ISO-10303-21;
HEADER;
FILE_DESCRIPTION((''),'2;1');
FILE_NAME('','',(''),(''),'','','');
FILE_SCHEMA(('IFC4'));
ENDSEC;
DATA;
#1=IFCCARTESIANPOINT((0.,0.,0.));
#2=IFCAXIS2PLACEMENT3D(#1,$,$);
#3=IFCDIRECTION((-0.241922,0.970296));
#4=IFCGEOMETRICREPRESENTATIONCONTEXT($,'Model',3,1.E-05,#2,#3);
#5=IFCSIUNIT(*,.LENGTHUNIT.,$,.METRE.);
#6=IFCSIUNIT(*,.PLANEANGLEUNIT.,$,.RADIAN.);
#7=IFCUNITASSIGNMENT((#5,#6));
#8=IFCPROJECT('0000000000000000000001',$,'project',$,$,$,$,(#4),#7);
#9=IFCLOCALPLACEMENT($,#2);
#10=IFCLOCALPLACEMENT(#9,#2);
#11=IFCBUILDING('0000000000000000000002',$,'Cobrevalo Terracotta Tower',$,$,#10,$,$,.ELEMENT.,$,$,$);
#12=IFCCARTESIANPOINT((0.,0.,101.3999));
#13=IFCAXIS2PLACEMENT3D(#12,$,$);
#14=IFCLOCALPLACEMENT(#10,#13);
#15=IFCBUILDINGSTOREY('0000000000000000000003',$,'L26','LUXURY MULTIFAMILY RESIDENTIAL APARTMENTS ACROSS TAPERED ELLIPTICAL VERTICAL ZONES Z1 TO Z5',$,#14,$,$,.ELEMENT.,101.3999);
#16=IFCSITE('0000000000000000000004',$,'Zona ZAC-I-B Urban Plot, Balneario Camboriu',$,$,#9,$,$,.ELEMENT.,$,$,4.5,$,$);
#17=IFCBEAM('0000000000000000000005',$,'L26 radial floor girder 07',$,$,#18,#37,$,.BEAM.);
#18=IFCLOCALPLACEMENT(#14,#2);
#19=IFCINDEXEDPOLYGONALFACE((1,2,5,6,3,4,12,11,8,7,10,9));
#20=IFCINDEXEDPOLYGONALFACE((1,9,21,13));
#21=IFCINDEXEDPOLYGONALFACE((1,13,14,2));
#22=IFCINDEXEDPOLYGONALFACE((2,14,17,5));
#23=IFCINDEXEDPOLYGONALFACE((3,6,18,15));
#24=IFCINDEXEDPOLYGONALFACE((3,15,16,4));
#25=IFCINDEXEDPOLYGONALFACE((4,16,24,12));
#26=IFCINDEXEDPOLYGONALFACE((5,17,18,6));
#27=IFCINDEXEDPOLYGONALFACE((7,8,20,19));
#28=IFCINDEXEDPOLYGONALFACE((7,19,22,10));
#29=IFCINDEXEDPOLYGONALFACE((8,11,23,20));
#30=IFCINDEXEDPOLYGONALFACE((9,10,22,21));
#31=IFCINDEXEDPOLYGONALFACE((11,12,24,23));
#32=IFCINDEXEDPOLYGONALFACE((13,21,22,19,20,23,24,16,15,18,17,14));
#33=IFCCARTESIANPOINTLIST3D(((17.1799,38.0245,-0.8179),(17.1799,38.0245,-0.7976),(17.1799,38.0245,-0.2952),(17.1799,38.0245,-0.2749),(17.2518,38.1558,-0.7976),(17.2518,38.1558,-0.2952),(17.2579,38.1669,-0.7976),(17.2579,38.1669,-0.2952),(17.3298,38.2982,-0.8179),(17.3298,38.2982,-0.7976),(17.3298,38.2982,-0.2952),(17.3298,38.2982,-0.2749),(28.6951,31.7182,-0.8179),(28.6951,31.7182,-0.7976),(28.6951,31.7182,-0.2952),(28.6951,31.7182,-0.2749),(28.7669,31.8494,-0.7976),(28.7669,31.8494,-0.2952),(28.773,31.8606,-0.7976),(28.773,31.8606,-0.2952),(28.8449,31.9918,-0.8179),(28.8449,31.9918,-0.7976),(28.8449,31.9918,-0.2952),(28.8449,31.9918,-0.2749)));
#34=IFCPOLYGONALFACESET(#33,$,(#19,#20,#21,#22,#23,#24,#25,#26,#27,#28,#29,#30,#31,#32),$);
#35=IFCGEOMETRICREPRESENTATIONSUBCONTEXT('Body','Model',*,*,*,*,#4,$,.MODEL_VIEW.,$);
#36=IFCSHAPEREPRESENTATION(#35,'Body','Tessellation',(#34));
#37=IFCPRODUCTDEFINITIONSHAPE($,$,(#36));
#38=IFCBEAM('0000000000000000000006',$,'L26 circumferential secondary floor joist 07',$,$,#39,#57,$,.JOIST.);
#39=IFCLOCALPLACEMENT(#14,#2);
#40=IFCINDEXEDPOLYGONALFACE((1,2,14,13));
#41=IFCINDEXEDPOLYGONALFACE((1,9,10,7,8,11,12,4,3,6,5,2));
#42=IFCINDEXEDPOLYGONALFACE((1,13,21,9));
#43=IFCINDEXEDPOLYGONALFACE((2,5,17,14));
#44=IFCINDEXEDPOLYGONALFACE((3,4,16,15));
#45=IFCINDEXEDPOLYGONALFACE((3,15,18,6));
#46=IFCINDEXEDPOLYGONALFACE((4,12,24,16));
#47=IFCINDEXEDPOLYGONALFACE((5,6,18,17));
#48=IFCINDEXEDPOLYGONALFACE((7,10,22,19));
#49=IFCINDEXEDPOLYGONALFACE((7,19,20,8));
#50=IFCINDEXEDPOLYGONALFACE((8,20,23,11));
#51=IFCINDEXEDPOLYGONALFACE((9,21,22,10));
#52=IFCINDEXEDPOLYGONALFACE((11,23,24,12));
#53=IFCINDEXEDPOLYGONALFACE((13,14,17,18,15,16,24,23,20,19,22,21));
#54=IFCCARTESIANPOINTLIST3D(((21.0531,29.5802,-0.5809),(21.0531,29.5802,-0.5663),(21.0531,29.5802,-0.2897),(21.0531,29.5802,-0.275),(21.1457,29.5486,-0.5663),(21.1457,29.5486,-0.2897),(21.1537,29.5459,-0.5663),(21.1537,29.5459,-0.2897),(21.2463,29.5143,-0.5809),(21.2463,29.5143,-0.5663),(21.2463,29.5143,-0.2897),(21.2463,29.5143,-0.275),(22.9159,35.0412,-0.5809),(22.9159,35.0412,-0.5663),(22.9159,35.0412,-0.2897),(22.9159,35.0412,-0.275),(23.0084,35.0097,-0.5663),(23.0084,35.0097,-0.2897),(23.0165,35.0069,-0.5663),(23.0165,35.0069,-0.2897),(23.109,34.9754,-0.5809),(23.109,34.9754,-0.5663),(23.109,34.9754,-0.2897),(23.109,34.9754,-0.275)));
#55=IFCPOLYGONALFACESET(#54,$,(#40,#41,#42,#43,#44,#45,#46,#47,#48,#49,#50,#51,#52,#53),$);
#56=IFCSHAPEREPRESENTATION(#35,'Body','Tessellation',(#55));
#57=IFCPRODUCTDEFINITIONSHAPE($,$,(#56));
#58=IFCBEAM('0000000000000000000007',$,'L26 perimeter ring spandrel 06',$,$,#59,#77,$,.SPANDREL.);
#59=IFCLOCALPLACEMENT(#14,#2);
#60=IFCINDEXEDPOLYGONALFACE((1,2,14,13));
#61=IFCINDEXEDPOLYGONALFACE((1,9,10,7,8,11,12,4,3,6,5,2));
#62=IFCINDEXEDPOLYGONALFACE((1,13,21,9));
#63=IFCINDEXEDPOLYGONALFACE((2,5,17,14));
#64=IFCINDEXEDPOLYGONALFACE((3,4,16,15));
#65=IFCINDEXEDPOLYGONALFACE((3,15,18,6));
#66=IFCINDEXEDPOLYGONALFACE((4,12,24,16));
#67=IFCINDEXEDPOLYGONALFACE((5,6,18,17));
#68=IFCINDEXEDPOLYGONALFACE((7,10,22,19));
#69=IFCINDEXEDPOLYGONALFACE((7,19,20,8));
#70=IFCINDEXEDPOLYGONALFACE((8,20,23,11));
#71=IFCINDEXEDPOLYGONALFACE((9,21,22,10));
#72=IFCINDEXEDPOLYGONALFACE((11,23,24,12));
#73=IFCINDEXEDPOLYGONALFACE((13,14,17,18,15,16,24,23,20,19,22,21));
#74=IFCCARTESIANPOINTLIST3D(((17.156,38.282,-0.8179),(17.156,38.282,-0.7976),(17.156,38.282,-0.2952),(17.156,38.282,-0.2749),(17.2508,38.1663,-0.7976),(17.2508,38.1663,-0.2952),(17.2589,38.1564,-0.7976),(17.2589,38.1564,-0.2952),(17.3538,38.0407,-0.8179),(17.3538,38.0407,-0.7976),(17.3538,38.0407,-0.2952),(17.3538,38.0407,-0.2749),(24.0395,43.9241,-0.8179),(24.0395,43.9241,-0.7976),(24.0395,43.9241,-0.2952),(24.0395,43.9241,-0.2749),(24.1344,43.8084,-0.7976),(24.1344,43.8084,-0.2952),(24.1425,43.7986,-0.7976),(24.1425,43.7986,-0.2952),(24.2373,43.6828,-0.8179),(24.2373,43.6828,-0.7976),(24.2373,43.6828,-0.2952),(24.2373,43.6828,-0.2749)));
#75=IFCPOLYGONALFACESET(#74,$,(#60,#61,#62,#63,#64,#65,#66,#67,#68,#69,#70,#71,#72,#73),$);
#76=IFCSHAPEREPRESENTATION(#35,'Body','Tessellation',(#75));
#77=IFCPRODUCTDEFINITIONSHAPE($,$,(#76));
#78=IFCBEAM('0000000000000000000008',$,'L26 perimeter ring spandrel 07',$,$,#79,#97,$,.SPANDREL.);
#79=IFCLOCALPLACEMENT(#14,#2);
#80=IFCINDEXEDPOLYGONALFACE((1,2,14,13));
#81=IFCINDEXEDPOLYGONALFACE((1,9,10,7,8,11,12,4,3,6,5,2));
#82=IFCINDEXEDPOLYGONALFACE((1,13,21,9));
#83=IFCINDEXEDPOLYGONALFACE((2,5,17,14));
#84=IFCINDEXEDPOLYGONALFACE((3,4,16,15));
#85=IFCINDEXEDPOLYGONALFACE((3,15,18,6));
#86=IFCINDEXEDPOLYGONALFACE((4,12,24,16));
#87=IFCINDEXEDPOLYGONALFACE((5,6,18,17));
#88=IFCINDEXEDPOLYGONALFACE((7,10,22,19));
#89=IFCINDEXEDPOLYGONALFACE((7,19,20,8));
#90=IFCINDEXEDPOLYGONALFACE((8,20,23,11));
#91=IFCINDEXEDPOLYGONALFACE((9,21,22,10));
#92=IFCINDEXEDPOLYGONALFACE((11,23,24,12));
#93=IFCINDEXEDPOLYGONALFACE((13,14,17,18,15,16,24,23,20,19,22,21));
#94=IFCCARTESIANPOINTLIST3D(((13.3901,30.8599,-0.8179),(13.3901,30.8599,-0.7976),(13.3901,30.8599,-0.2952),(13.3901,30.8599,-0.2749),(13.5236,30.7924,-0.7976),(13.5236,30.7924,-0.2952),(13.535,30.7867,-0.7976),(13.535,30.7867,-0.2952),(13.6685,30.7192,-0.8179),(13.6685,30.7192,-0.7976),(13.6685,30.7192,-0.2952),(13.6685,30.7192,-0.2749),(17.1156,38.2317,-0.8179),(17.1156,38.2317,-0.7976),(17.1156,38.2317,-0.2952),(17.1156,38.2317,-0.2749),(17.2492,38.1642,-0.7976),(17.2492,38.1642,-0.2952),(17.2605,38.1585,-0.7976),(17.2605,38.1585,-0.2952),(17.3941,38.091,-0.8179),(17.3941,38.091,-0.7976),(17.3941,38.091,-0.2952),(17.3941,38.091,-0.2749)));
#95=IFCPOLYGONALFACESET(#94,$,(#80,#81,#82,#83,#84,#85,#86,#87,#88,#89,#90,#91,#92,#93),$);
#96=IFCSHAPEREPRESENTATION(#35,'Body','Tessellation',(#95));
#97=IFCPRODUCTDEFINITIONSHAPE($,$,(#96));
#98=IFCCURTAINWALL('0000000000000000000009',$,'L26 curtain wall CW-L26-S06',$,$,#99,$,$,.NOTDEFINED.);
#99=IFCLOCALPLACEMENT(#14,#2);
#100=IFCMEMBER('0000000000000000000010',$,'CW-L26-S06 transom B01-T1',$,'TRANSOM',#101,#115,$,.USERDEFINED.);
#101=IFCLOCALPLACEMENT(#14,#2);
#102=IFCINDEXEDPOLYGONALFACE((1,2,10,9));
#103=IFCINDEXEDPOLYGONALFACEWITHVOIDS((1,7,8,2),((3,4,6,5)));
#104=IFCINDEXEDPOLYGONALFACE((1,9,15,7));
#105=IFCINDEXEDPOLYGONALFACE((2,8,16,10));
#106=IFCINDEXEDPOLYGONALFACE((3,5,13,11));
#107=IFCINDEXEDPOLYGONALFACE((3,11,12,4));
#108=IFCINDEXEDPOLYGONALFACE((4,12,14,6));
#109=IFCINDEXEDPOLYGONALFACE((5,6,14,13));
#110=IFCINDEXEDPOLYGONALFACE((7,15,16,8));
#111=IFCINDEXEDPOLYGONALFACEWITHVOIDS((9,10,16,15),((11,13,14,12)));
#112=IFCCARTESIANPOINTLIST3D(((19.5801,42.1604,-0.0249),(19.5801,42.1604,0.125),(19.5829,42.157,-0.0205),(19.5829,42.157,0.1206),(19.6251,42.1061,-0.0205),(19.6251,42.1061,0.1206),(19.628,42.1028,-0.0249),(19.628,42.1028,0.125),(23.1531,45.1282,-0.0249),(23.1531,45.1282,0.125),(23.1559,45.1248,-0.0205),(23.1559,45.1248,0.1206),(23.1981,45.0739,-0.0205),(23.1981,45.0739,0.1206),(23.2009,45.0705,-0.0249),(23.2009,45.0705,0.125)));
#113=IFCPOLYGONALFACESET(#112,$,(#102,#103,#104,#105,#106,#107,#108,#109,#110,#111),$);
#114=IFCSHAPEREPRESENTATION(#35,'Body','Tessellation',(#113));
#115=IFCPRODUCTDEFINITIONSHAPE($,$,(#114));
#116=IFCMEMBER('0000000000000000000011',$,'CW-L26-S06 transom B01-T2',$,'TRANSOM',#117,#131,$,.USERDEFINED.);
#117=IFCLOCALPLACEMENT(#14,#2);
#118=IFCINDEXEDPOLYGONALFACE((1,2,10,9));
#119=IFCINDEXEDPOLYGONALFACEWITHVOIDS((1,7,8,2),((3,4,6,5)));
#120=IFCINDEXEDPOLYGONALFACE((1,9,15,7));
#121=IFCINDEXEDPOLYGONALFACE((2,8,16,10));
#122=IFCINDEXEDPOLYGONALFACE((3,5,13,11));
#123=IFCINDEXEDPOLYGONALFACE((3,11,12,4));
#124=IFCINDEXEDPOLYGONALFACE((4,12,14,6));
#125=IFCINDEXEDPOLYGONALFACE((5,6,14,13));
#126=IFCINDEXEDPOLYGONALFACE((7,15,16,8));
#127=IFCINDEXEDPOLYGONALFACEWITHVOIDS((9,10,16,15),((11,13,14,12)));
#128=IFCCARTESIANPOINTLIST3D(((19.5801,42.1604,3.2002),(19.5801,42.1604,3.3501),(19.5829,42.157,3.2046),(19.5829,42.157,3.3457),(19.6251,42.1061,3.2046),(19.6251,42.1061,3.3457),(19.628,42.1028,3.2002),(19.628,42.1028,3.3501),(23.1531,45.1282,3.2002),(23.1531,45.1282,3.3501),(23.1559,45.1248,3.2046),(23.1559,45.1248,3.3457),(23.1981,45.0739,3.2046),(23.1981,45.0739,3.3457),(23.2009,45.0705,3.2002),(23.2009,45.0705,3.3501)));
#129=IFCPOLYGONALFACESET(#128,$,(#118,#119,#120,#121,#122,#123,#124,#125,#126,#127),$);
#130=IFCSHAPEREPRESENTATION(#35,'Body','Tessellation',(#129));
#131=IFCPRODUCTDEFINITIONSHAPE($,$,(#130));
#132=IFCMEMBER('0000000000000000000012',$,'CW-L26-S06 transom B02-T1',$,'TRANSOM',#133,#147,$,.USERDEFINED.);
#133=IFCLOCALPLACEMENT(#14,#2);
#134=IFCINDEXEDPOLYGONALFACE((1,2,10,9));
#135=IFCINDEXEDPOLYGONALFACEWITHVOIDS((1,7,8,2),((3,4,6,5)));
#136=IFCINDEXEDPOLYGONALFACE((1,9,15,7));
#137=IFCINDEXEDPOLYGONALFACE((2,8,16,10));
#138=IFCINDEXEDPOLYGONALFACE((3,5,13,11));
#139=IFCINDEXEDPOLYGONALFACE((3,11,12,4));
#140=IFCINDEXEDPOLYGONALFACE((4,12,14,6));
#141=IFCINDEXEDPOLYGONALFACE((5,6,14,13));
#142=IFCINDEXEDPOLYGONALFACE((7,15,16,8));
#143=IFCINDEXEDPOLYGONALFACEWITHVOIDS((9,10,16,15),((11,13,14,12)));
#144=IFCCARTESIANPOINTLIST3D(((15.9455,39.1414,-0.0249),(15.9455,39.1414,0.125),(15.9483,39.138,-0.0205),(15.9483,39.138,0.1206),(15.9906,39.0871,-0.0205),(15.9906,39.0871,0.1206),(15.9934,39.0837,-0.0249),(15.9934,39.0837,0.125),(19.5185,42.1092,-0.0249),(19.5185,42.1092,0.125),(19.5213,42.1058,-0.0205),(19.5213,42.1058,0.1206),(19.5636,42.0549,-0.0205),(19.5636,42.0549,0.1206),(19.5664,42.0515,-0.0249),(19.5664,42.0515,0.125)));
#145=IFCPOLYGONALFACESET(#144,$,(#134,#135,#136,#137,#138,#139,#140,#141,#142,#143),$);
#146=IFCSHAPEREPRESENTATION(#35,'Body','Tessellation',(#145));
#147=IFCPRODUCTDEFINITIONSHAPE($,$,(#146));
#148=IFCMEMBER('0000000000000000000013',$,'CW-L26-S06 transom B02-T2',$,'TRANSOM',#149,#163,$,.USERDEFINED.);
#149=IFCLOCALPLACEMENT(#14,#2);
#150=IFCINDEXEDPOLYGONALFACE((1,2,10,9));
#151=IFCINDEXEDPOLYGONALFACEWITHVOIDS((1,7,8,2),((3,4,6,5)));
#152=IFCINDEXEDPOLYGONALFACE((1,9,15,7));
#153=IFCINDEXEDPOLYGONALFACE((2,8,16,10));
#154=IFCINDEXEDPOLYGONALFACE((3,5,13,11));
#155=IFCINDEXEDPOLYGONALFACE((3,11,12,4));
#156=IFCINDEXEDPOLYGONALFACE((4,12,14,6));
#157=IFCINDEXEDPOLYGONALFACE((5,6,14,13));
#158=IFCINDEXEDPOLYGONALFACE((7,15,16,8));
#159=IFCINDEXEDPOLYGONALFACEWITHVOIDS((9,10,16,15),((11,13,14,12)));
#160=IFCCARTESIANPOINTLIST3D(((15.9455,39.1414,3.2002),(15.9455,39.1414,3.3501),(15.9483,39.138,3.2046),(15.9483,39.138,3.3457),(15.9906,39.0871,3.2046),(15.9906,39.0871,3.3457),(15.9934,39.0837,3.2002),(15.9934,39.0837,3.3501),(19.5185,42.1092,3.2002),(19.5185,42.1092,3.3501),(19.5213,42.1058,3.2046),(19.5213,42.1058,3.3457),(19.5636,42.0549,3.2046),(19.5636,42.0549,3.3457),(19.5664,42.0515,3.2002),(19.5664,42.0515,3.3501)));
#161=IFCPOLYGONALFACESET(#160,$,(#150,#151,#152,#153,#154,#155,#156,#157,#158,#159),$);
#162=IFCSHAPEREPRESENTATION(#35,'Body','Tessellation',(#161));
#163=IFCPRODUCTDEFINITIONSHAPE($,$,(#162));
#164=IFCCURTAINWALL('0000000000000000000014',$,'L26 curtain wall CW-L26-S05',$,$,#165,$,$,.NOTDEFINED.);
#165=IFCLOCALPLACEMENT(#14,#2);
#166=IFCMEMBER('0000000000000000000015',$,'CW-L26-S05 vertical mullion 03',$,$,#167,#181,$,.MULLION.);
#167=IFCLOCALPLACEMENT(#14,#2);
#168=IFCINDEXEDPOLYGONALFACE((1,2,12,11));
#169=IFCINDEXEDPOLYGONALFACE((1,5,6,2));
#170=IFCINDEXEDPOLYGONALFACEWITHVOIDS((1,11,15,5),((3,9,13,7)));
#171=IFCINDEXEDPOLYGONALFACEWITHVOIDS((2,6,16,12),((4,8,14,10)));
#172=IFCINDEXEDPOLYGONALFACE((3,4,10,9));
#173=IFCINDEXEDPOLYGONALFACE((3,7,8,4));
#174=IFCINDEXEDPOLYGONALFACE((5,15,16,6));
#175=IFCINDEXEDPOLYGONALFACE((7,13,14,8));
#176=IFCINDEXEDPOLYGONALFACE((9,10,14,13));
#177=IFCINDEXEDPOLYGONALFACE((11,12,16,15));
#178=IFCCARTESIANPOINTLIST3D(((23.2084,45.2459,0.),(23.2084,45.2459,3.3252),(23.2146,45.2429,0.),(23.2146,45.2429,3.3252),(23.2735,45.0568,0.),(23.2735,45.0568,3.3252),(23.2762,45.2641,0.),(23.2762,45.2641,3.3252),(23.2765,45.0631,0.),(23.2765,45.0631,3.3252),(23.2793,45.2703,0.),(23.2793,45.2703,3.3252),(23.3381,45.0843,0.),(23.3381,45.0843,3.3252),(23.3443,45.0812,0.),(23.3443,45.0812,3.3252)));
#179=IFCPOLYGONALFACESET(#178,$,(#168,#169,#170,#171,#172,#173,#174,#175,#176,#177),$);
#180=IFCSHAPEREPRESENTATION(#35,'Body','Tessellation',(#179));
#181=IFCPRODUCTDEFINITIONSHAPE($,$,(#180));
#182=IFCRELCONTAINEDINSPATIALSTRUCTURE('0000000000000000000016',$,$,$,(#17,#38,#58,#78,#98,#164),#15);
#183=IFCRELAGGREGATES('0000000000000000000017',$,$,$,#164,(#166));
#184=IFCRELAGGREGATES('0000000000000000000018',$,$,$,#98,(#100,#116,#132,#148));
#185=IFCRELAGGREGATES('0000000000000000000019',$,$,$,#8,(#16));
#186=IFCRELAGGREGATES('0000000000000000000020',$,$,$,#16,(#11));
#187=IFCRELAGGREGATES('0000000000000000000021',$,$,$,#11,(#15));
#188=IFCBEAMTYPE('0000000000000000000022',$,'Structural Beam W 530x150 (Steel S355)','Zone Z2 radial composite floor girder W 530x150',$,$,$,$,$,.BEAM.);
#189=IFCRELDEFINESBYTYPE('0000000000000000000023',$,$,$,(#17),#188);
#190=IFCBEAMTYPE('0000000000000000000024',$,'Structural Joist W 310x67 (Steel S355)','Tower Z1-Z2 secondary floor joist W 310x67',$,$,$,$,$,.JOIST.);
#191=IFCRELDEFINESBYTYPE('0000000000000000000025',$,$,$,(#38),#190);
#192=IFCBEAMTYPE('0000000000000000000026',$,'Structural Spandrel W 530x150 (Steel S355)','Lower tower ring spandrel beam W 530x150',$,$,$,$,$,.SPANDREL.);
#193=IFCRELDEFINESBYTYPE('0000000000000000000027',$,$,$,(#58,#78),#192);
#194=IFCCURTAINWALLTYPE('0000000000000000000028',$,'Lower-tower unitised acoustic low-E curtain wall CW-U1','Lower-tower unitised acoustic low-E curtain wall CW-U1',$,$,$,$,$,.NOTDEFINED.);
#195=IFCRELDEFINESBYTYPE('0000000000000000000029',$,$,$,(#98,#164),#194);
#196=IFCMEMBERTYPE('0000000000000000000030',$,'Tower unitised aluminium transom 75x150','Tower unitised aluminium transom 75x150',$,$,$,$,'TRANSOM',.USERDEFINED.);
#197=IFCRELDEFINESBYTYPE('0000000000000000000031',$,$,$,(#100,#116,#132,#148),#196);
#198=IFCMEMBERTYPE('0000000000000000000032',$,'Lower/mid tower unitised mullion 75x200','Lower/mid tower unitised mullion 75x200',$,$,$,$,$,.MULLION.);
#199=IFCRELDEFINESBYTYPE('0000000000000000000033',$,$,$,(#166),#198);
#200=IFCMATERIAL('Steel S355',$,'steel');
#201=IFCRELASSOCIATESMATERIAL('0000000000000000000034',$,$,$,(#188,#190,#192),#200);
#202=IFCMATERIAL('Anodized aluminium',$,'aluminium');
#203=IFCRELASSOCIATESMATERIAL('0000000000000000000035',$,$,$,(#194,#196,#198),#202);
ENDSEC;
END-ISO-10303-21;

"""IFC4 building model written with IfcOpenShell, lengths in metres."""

from ifc_helpers import new_model, si_unit, direction, frame, origin, origin_2d, place, context, subcontext, project, spatial, hollow_rectangle, i_section, extrude, source, transform, mapped, material, material_profile, profile_set, type_object, element, aggregate, save


model = new_model("IFC4")

# Units and contexts
model_context = context("Model", 3, precision=1e-05, world=origin(), true_north=direction((-0.241922, 0.970296)))
body_context = subcontext(model_context, "Body", "Model", "MODEL_VIEW")
ifc_project = project(units=[si_unit("LENGTHUNIT", "METRE"), si_unit("PLANEANGLEUNIT", "RADIAN")], contexts=[model_context])

# Site, building, storey
site_placement = place(None, origin())
site = spatial("IfcSite", under=ifc_project, at=site_placement, Name="Zona ZAC-I-B Urban Plot, Balneario Camboriu", CompositionType="ELEMENT", RefElevation=4.5)
building_placement = place(site_placement, origin())
building = spatial("IfcBuilding", under=site, at=building_placement, Name="Cobrevalo Terracotta Tower", CompositionType="ELEMENT")
storey_placement = place(building_placement, frame((0.0, 0.0, 101.3999)))
storey = spatial("IfcBuildingStorey", under=building, at=storey_placement, Name="L26", Description="LUXURY MULTIFAMILY RESIDENTIAL APARTMENTS ACROSS TAPERED ELLIPTICAL VERTICAL ZONES Z1 TO Z5", CompositionType="ELEMENT", Elevation=101.3999)

# Shared definitions
ifc_material_1 = material(Name="Steel S355", Category="steel")

# Beams
ifc_material_profile_1 = material_profile(ifc_material_1, i_section(OverallWidth=0.312, OverallDepth=0.543, WebThickness=0.0127, FlangeThickness=0.0203, at=origin_2d()), Name="W 530x150")
ifc_profile_set_1 = profile_set([ifc_material_profile_1], Name="Steel S355")
beam_type_1 = type_object("IfcBeamType", Name="Structural Beam W 530x150 (Steel S355)", Description="Zone Z2 radial composite floor girder W 530x150", PredefinedType="BEAM", material=ifc_profile_set_1)
beam_1_placement = place(storey_placement, frame((17.2549, 38.1614, -0.5464), z_axis=(0.877081, -0.480343, 0.0), x_axis=(0.480343, 0.877081, 0.0)))
element("IfcBeam", 1, at=beam_1_placement, inside=storey, type_object=beam_type_1, Name="L26 radial floor girder 07", PredefinedType="BEAM", context=body_context, shape_type="SweptSolid", body=[
    extrude(i_section(OverallWidth=0.312, OverallDepth=0.543, WebThickness=0.0127, FlangeThickness=0.0203, at=origin_2d()), origin(), (0.0, 0.0, 1.0), 13.1289),
])
ifc_material_profile_2 = material_profile(ifc_material_1, i_section(OverallWidth=0.2041, OverallDepth=0.3059, WebThickness=0.0085, FlangeThickness=0.0146, at=origin_2d()), Name="W 310x67")
ifc_profile_set_2 = profile_set([ifc_material_profile_2], Name="Steel S355")
beam_type_2 = type_object("IfcBeamType", Name="Structural Joist W 310x67 (Steel S355)", Description="Tower Z1-Z2 secondary floor joist W 310x67", PredefinedType="JOIST", material=ifc_profile_set_2)
beam_2_placement = place(storey_placement, frame((23.0125, 35.0083, -0.428), z_axis=(-0.322833, -0.946456, 0.0), x_axis=(0.946456, -0.322833, 0.0)))
element("IfcBeam", 2, at=beam_2_placement, inside=storey, type_object=beam_type_2, Name="L26 circumferential secondary floor joist 07", PredefinedType="JOIST", context=body_context, shape_type="SweptSolid", body=[
    extrude(i_section(OverallWidth=0.2041, OverallDepth=0.3059, WebThickness=0.0085, FlangeThickness=0.0146, at=origin_2d()), origin(), (0.0, 0.0, 1.0), 5.77),
])
ifc_material_profile_3 = material_profile(ifc_material_1, i_section(OverallWidth=0.312, OverallDepth=0.543, WebThickness=0.0127, FlangeThickness=0.0203, at=origin_2d()), Name="W 530x150")
ifc_profile_set_3 = profile_set([ifc_material_profile_3], Name="Steel S355")
beam_type_3 = type_object("IfcBeamType", Name="Structural Spandrel W 530x150 (Steel S355)", Description="Lower tower ring spandrel beam W 530x150", PredefinedType="SPANDREL", material=ifc_profile_set_3)
beam_3_placement = place(storey_placement, frame((24.1384, 43.8035, -0.5464), z_axis=(-0.773401, -0.633917, 0.0), x_axis=(0.633917, -0.773401, 0.0)))
element("IfcBeam", 3, at=beam_3_placement, inside=storey, type_object=beam_type_3, Name="L26 perimeter ring spandrel 06", PredefinedType="SPANDREL", context=body_context, shape_type="SweptSolid", body=[
    extrude(i_section(OverallWidth=0.312, OverallDepth=0.543, WebThickness=0.0127, FlangeThickness=0.0203, at=origin_2d()), origin(), (0.0, 0.0, 1.0), 8.9004),
])
beam_4_placement = place(storey_placement, frame((17.2549, 38.1614, -0.5464), z_axis=(-0.451052, -0.892498, 0.0), x_axis=(0.892498, -0.451052, 0.0)))
element("IfcBeam", 4, at=beam_4_placement, inside=storey, type_object=beam_type_3, Name="L26 perimeter ring spandrel 07", PredefinedType="SPANDREL", context=body_context, shape_type="SweptSolid", body=[
    extrude(i_section(OverallWidth=0.312, OverallDepth=0.543, WebThickness=0.0127, FlangeThickness=0.0203, at=origin_2d()), origin(), (0.0, 0.0, 1.0), 8.2598),
])

# Curtain wall, members
ifc_material_2 = material(Name="Anodized aluminium", Category="aluminium")
curtain_wall_type = type_object("IfcCurtainWallType", Name="Lower-tower unitised acoustic low-E curtain wall CW-U1", Description="Lower-tower unitised acoustic low-E curtain wall CW-U1", PredefinedType="NOTDEFINED", material=ifc_material_2)
curtain_wall_1_placement = place(storey_placement, origin())
curtain_wall_1 = element("IfcCurtainWall", 5, at=curtain_wall_1_placement, inside=storey, type_object=curtain_wall_type, Name="L26 curtain wall CW-L26-S06", PredefinedType="NOTDEFINED")
ifc_material_profile_4 = material_profile(ifc_material_2, hollow_rectangle(XDim=0.075, YDim=0.1499, WallThickness=0.0044, at=origin_2d()), Name="CWT 75x150")
ifc_profile_set_4 = profile_set([ifc_material_profile_4], Name="Anodized aluminium")
member_type_1 = type_object("IfcMemberType", Name="Tower unitised aluminium transom 75x150", Description="Tower unitised aluminium transom 75x150", ElementType="TRANSOM", PredefinedType="USERDEFINED", material=ifc_profile_set_4)
shared_shape_1 = source(origin(), body_context, "Body", "SweptSolid", [
    extrude(hollow_rectangle(XDim=0.075, YDim=0.1499, WallThickness=0.0044, at=origin_2d()), origin(), (0.0, 0.0, 1.0), 4.6448),
])
member_1_placement = place(storey_placement, frame((23.177, 45.0994, 0.05), z_axis=(-0.76925, -0.638948, 0.0), x_axis=(0.638948, -0.76925, 0.0)))
member_1 = element("IfcMember", 6, at=member_1_placement, type_object=member_type_1, Name="CW-L26-S06 transom B01-T1", ObjectType="TRANSOM", PredefinedType="USERDEFINED", context=body_context, shape_type="MappedRepresentation", body=[
    mapped(shared_shape_1, transform((0.0, 0.0, 0.0), scale=1.0)),
])
member_2_placement = place(storey_placement, frame((23.177, 45.0994, 3.2751), z_axis=(-0.76925, -0.638948, 0.0), x_axis=(0.638948, -0.76925, 0.0)))
member_2 = element("IfcMember", 7, at=member_2_placement, type_object=member_type_1, Name="CW-L26-S06 transom B01-T2", ObjectType="TRANSOM", PredefinedType="USERDEFINED", context=body_context, shape_type="MappedRepresentation", body=[
    mapped(shared_shape_1, transform((0.0, 0.0, 0.0), scale=1.0)),
])
member_3_placement = place(storey_placement, frame((19.5425, 42.0803, 0.05), z_axis=(-0.76925, -0.638948, 0.0), x_axis=(0.638948, -0.76925, 0.0)))
member_3 = element("IfcMember", 8, at=member_3_placement, type_object=member_type_1, Name="CW-L26-S06 transom B02-T1", ObjectType="TRANSOM", PredefinedType="USERDEFINED", context=body_context, shape_type="MappedRepresentation", body=[
    mapped(shared_shape_1, transform((0.0, 0.0, 0.0), scale=1.0)),
])
member_4_placement = place(storey_placement, frame((19.5425, 42.0803, 3.2751), z_axis=(-0.76925, -0.638948, 0.0), x_axis=(0.638948, -0.76925, 0.0)))
member_4 = element("IfcMember", 9, at=member_4_placement, type_object=member_type_1, Name="CW-L26-S06 transom B02-T2", ObjectType="TRANSOM", PredefinedType="USERDEFINED", context=body_context, shape_type="MappedRepresentation", body=[
    mapped(shared_shape_1, transform((0.0, 0.0, 0.0), scale=1.0)),
])

# Curtain wall, member
curtain_wall_2_placement = place(storey_placement, origin())
curtain_wall_2 = element("IfcCurtainWall", 10, at=curtain_wall_2_placement, inside=storey, type_object=curtain_wall_type, Name="L26 curtain wall CW-L26-S05", PredefinedType="NOTDEFINED")
ifc_material_profile_5 = material_profile(ifc_material_2, hollow_rectangle(XDim=0.075, YDim=0.2, WallThickness=0.0049, at=origin_2d()), Name="CWM 75x200")
ifc_profile_set_5 = profile_set([ifc_material_profile_5], Name="Anodized aluminium")
member_type_2 = type_object("IfcMemberType", Name="Lower/mid tower unitised mullion 75x200", Description="Lower/mid tower unitised mullion 75x200", PredefinedType="MULLION", material=ifc_profile_set_5)
shared_shape_2 = source(origin(), body_context, "Body", "SweptSolid", [
    extrude(hollow_rectangle(XDim=0.075, YDim=0.2, WallThickness=0.0049, at=origin_2d()), origin(), (0.0, 0.0, 1.0), 3.3252),
])
member_5_placement = place(storey_placement, frame((23.2764, 45.1636, 0.0), z_axis=(0.0, 0.0, 1.0), x_axis=(-0.945598, -0.325337, 0.0)))
member_5 = element("IfcMember", 11, at=member_5_placement, type_object=member_type_2, Name="CW-L26-S05 vertical mullion 03", PredefinedType="MULLION", context=body_context, shape_type="MappedRepresentation", body=[
    mapped(shared_shape_2, transform((0.0, 0.0, 0.0), scale=1.0)),
])
aggregate(curtain_wall_2, [member_5])

aggregate(curtain_wall_1, [member_1, member_2, member_3, member_4])

save(model, "model.ifc")
